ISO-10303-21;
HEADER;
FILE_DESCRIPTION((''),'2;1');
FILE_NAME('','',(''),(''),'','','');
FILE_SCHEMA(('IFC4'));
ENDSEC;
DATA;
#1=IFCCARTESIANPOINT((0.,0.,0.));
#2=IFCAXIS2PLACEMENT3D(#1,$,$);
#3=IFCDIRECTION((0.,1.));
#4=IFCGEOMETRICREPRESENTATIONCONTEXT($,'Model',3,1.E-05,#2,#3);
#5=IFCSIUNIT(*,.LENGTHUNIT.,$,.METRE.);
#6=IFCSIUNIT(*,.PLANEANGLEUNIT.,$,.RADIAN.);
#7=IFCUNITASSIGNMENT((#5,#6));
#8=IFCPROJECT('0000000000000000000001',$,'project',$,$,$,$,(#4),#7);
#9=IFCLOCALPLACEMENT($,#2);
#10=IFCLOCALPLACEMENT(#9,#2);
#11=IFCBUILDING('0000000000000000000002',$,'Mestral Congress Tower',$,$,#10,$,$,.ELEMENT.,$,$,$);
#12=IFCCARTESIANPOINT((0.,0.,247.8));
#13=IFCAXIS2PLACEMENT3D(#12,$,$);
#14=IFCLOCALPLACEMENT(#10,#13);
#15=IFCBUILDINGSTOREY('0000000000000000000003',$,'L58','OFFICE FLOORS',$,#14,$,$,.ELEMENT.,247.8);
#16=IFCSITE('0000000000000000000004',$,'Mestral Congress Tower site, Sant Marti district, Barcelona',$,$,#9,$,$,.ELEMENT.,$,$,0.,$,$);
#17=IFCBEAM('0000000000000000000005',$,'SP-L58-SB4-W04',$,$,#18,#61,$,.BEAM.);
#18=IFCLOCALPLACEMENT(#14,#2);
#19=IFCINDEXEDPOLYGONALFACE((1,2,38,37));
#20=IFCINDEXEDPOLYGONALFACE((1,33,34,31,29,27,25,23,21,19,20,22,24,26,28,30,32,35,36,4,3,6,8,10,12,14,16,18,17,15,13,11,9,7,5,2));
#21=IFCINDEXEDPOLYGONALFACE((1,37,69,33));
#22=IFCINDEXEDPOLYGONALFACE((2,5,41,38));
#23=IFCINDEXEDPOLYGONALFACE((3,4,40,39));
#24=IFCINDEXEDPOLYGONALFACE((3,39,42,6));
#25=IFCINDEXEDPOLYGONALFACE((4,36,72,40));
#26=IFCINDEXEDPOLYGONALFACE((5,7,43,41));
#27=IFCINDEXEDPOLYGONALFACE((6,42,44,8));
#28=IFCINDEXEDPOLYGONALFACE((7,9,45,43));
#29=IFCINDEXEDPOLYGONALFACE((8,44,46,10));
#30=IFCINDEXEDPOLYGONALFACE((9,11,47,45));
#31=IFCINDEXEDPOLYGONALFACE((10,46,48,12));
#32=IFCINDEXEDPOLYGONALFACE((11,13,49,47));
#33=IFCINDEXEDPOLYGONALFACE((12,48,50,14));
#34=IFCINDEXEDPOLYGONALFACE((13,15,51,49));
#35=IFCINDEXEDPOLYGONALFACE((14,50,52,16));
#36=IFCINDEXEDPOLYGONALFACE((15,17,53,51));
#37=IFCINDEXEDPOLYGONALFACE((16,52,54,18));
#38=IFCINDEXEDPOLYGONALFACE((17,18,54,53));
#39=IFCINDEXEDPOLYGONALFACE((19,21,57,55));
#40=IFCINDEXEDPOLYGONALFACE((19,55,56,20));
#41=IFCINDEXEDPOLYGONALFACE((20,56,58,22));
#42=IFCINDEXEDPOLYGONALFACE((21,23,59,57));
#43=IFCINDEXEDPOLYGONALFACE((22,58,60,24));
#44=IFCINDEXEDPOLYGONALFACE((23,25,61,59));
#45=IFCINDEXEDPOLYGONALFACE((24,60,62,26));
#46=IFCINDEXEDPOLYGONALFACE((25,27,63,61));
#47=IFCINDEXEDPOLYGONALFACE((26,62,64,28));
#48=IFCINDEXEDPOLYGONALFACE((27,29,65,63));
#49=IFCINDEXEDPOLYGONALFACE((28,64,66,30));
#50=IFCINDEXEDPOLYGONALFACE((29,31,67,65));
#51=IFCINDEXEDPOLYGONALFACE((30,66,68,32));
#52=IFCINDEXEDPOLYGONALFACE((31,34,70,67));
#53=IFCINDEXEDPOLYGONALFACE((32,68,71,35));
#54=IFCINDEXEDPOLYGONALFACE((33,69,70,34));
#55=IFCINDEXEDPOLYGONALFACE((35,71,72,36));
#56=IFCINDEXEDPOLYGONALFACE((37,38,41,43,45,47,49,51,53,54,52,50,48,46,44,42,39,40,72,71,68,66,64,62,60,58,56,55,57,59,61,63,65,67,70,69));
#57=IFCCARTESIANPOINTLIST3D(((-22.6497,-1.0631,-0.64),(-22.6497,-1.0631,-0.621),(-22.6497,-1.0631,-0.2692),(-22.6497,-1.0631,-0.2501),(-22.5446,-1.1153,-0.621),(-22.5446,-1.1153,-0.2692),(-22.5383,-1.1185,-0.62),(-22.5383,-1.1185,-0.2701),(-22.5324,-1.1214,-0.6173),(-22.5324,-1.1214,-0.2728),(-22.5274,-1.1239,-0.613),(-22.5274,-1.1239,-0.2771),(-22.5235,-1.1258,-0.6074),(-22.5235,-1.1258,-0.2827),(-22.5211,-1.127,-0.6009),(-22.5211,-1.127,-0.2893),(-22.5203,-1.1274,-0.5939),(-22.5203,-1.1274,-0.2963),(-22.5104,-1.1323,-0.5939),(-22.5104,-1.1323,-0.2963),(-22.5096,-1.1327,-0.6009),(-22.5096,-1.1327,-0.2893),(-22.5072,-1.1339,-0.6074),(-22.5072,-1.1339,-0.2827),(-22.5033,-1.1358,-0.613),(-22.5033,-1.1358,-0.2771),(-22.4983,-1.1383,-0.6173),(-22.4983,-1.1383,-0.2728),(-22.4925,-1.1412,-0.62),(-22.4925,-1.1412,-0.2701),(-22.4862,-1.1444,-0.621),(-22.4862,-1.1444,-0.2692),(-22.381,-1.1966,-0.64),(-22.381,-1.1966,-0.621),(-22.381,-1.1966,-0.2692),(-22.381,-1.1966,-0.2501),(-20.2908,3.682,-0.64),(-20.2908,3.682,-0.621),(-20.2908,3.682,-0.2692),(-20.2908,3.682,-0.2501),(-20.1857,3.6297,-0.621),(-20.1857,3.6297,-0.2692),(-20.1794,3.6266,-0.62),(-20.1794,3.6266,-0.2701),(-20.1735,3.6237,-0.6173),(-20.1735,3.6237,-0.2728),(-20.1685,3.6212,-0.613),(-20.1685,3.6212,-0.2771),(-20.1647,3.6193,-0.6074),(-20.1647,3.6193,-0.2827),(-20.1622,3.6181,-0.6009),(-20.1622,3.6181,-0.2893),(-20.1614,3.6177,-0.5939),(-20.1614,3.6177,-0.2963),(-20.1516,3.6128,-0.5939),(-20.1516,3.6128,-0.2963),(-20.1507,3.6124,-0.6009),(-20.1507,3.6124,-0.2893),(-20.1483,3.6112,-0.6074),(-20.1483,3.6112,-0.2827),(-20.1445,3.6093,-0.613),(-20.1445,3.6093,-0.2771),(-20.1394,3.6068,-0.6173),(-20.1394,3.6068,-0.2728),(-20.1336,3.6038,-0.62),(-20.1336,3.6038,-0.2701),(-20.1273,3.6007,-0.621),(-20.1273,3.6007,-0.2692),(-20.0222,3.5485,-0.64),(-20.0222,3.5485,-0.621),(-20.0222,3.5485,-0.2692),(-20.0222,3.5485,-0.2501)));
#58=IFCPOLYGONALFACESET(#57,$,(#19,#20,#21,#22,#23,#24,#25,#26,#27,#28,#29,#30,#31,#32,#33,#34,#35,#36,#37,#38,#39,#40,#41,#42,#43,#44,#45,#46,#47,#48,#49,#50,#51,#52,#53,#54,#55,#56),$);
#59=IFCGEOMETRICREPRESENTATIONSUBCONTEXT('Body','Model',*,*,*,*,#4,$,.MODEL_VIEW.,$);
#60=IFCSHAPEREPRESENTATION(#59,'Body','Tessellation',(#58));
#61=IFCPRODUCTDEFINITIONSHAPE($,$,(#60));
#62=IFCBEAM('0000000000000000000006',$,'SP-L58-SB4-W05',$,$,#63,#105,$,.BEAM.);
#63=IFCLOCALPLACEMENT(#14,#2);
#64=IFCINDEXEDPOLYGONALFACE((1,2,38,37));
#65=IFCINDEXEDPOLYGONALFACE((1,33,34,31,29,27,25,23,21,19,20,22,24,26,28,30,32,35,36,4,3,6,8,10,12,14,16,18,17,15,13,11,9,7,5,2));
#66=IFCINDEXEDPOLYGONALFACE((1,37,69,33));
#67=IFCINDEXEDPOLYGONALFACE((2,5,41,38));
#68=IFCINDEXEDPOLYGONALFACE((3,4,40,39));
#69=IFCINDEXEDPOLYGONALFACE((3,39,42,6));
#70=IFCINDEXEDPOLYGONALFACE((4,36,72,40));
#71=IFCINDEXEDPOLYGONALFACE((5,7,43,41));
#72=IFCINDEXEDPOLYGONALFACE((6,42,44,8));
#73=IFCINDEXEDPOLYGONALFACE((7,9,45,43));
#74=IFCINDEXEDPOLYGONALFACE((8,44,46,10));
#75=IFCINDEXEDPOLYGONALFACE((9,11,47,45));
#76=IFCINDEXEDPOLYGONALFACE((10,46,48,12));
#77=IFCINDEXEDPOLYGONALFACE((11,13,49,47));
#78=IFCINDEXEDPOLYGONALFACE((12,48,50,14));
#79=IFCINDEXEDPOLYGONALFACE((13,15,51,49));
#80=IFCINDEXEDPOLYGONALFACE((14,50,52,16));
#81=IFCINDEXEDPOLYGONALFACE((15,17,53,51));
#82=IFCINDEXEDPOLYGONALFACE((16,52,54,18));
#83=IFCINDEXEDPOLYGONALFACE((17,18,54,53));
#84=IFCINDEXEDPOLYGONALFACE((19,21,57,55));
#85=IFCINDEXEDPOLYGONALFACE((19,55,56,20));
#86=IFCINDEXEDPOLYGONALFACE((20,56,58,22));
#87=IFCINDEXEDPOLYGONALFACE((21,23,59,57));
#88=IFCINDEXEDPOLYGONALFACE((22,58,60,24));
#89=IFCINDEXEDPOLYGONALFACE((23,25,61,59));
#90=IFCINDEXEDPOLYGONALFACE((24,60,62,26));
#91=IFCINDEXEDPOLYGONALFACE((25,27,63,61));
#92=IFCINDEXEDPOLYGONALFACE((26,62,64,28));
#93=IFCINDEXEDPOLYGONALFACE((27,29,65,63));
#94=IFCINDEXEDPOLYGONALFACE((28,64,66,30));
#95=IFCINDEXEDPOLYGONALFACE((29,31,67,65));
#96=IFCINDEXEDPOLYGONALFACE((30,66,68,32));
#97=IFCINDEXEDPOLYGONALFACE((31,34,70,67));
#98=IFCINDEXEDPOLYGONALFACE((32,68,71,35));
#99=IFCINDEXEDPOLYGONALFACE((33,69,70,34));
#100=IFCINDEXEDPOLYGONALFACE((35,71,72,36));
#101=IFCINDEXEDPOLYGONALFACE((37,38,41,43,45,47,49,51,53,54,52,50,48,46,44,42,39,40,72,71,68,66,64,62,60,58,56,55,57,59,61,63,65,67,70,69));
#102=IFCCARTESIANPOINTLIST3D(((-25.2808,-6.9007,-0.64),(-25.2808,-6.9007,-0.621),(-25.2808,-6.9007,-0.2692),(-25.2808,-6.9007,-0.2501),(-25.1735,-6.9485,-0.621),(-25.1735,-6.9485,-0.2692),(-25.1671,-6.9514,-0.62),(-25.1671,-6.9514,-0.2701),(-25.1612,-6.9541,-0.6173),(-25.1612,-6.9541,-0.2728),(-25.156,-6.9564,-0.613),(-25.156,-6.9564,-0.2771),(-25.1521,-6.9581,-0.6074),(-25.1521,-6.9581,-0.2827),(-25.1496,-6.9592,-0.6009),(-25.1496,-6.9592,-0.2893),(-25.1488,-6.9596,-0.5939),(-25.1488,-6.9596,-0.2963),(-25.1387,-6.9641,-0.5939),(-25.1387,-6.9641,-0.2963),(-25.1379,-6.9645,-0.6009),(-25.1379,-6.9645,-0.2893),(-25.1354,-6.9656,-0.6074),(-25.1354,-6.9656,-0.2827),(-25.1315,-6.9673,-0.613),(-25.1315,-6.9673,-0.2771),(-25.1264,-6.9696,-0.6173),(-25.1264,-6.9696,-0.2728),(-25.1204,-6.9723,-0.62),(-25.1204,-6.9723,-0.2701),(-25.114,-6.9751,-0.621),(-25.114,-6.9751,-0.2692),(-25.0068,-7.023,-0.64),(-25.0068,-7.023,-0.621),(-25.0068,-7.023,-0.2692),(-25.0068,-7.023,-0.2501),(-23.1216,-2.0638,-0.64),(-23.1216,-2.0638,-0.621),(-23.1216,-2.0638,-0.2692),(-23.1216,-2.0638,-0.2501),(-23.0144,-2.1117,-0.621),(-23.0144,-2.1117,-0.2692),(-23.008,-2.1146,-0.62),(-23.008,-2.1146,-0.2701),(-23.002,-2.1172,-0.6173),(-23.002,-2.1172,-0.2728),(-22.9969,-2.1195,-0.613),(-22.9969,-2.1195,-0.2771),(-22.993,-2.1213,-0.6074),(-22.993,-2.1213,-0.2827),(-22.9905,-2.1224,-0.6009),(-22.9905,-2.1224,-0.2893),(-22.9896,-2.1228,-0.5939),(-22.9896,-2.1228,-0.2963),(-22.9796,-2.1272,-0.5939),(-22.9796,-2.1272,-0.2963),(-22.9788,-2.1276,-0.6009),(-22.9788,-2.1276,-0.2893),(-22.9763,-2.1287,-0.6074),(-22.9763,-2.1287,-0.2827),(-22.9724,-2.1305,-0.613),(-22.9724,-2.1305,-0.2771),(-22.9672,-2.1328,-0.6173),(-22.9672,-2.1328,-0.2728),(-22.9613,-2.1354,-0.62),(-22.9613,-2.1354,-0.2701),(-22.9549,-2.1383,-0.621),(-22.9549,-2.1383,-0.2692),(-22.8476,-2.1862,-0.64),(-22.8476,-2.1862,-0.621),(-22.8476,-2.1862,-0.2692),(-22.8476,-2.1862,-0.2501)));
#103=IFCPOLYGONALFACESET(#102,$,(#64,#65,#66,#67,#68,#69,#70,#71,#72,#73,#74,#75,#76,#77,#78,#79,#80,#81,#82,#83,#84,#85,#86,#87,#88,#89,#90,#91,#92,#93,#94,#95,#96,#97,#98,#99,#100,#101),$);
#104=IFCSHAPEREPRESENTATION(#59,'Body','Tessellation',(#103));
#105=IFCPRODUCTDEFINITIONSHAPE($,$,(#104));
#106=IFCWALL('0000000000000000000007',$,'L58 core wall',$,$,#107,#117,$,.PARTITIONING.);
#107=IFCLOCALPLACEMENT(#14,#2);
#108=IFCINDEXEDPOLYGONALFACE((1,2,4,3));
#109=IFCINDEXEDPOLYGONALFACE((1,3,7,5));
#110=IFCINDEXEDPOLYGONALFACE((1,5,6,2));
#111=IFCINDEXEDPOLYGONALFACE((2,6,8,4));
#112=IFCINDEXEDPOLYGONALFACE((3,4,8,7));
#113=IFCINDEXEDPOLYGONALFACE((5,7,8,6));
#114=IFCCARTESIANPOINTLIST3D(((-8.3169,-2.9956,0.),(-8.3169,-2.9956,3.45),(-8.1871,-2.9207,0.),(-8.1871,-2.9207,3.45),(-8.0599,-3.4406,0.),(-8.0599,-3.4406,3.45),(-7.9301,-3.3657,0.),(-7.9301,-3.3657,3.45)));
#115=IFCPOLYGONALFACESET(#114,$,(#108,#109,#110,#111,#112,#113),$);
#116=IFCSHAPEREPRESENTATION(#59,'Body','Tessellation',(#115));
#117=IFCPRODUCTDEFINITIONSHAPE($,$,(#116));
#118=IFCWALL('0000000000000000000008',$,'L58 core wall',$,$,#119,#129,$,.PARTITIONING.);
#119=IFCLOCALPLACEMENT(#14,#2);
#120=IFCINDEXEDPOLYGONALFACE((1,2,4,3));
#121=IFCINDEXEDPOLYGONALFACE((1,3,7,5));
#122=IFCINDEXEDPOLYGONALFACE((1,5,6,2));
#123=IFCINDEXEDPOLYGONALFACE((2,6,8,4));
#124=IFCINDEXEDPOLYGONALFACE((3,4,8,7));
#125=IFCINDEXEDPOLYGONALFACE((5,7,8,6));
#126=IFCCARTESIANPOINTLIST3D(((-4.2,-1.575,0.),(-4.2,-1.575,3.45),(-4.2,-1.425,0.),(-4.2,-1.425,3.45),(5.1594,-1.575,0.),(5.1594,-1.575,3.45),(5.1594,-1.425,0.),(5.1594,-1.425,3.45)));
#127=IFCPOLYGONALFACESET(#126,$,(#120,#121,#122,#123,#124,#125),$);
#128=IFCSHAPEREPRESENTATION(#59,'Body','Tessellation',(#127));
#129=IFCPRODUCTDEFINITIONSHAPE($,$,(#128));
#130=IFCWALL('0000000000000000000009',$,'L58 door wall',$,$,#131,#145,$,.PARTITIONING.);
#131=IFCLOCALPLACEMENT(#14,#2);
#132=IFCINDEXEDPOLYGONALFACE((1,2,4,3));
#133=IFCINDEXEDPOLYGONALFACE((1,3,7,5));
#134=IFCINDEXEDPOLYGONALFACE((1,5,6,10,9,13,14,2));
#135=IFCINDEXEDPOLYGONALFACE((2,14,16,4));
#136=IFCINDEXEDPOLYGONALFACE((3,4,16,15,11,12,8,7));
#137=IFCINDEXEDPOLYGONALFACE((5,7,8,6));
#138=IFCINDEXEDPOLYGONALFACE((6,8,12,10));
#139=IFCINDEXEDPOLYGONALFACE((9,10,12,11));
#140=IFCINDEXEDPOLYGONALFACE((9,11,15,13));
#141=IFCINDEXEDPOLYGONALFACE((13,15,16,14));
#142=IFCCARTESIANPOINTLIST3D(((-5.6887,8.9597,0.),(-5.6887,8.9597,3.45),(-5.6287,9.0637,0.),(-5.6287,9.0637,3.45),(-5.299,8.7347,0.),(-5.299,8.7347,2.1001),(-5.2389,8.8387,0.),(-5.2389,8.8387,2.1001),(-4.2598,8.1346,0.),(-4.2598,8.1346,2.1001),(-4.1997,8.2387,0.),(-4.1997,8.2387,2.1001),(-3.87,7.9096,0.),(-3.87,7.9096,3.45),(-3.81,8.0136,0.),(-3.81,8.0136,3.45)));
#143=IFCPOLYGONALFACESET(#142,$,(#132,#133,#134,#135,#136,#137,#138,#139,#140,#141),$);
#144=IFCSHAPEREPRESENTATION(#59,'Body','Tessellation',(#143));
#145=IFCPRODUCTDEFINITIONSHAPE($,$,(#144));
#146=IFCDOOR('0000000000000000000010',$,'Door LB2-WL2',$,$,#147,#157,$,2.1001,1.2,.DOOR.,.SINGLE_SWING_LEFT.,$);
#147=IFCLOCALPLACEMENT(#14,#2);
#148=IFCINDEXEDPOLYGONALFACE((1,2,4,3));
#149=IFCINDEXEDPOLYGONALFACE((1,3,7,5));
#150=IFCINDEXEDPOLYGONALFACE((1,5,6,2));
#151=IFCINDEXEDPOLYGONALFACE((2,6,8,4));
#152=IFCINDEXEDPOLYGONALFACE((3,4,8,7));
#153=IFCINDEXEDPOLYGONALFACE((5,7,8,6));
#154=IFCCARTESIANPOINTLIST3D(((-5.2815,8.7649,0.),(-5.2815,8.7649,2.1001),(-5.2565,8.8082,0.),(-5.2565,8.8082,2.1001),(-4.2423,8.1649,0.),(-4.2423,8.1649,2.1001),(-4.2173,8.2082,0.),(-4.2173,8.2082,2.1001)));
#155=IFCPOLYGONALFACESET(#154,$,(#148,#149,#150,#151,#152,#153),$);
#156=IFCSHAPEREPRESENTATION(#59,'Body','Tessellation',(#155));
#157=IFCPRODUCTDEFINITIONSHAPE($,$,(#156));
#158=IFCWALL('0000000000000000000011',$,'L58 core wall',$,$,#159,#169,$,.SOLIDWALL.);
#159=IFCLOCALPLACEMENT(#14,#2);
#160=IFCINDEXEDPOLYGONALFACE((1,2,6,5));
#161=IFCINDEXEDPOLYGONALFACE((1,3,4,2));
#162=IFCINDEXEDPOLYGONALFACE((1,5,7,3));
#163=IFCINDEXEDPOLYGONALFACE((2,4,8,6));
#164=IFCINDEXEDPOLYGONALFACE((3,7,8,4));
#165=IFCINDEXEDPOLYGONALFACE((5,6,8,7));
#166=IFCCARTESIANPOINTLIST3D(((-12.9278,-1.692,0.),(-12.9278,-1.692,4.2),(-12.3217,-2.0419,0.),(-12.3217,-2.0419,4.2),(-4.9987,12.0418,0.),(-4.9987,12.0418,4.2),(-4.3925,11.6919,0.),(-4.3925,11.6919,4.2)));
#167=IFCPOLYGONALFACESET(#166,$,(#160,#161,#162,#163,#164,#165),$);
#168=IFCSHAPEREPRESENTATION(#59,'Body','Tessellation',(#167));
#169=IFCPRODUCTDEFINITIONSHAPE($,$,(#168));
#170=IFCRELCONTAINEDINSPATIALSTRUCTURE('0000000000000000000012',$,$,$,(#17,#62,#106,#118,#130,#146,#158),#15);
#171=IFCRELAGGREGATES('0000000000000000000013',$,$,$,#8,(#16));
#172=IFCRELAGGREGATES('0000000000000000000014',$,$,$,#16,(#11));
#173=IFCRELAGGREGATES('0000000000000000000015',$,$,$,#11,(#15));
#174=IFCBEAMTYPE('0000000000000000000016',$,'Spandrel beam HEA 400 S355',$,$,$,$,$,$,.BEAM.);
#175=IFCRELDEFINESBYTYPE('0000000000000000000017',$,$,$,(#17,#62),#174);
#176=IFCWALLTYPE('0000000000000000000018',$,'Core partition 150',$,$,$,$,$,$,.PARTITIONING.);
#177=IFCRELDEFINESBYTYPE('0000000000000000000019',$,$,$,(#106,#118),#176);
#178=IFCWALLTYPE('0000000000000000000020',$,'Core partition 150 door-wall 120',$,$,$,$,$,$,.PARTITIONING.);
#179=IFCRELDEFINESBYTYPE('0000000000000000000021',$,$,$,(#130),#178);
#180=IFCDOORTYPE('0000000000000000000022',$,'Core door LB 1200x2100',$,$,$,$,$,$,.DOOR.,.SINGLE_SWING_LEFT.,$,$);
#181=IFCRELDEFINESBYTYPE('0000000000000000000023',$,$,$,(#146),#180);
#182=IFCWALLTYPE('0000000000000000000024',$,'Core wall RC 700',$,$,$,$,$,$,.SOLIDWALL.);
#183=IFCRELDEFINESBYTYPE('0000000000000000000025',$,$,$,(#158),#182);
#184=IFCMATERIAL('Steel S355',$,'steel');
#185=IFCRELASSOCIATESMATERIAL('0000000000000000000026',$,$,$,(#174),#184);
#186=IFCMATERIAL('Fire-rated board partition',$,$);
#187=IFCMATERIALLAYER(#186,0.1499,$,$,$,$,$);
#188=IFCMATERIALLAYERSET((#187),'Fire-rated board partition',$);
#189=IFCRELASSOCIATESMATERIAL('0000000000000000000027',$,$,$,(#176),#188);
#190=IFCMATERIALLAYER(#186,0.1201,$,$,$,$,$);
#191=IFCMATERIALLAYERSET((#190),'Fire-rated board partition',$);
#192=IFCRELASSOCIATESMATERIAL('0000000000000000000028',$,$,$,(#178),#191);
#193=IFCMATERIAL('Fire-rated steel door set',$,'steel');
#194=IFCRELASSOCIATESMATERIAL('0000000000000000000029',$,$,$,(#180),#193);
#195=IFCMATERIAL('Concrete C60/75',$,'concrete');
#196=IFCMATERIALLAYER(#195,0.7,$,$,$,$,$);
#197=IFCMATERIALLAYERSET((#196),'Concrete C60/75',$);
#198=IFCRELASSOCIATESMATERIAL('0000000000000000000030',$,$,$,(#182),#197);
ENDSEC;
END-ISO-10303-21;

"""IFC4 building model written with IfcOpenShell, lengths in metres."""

from ifc_helpers import new_model, si_unit, direction, frame, frame_2d, origin, origin_2d, place, context, subcontext, project, spatial, rectangle, i_section, extrude, material, layer, layer_set, material_profile, profile_set, type_object, element, fill, save


model = new_model("IFC4")

# Units and contexts
model_context = context("Model", 3, precision=1e-05, world=origin(), true_north=direction((0.0, 1.0)))
body_context = subcontext(model_context, "Body", "Model", "MODEL_VIEW")
ifc_project = project(units=[si_unit("LENGTHUNIT", "METRE"), si_unit("PLANEANGLEUNIT", "RADIAN")], contexts=[model_context])

# Site, building, storey
site_placement = place(None, origin())
site = spatial("IfcSite", under=ifc_project, at=site_placement, Name="Mestral Congress Tower site, Sant Marti district, Barcelona", CompositionType="ELEMENT", RefElevation=0.0)
building_placement = place(site_placement, origin())
building = spatial("IfcBuilding", under=site, at=building_placement, Name="Mestral Congress Tower", CompositionType="ELEMENT")
storey_placement = place(building_placement, frame((0.0, 0.0, 247.8)))
storey = spatial("IfcBuildingStorey", under=building, at=storey_placement, Name="L58", Description="OFFICE FLOORS", CompositionType="ELEMENT", Elevation=247.8)

# Shared definitions
ifc_material_1 = material(Name="Concrete C60/75", Category="concrete")

# Beams
ifc_material_2 = material(Name="Steel S355", Category="steel")
ifc_material_profile_1 = material_profile(ifc_material_2, i_section(OverallWidth=0.3, OverallDepth=0.3899, WebThickness=0.011, FlangeThickness=0.019, FilletRadius=0.0271, at=origin_2d()), Name="HEA 400")
ifc_profile_set_1 = profile_set([ifc_material_profile_1], Name="Steel S355")
beam_type_1 = type_object("IfcBeamType", Name="Spandrel beam HEA 400 S355", PredefinedType="BEAM", material=ifc_profile_set_1)
beam_1_placement = place(storey_placement, frame((-20.1565, 3.6152, -0.4451), z_axis=(-0.445148, -0.895457, 0.0), x_axis=(0.895457, -0.445148, 0.0)))
element("IfcBeam", 1, at=beam_1_placement, inside=storey, type_object=beam_type_1, Name="SP-L58-SB4-W04", PredefinedType="BEAM", context=body_context, shape_type="SweptSolid", body=[
    extrude(i_section(OverallWidth=0.3, OverallDepth=0.3899, WebThickness=0.011, FlangeThickness=0.019, FilletRadius=0.0271, at=origin_2d()), origin(), (0.0, 0.0, 1.0), 5.2991),
])
beam_2_placement = place(storey_placement, frame((-22.9846, -2.125, -0.4451), z_axis=(-0.407626, -0.913149, 0.0), x_axis=(0.913149, -0.407626, 0.0)))
element("IfcBeam", 2, at=beam_2_placement, inside=storey, type_object=beam_type_1, Name="SP-L58-SB4-W05", PredefinedType="BEAM", context=body_context, shape_type="SweptSolid", body=[
    extrude(i_section(OverallWidth=0.3, OverallDepth=0.3899, WebThickness=0.011, FlangeThickness=0.019, FilletRadius=0.0271, at=origin_2d()), origin(), (0.0, 0.0, 1.0), 5.2969),
])

# Walls
ifc_material_3 = material(Name="Fire-rated board partition")
ifc_layer_1 = layer(ifc_material_3, 0.1499)
ifc_layer_set_1 = layer_set([ifc_layer_1], Name="Fire-rated board partition")
wall_type_1 = type_object("IfcWallType", Name="Core partition 150", PredefinedType="PARTITIONING", material=ifc_layer_set_1)
wall_1_placement = place(storey_placement, frame((-8.252, -2.9583, 0.0), z_axis=(0.0, 0.0, 1.0), x_axis=(0.500175, -0.865925, 0.0)))
element("IfcWall", 3, at=wall_1_placement, inside=storey, type_object=wall_type_1, Name="L58 core wall", PredefinedType="PARTITIONING", context=body_context, shape_type="SweptSolid", body=[
    extrude(rectangle(XDim=0.5139, YDim=0.1499, at=frame_2d((0.2568, 0.0))), origin(), (0.0, 0.0, 1.0), 3.45),
])
wall_2_placement = place(storey_placement, frame((-4.2, -1.5, 0.0), z_axis=(0.0, 0.0, 1.0), x_axis=(1.0, 0.0, 0.0)))
element("IfcWall", 4, at=wall_2_placement, inside=storey, type_object=wall_type_1, Name="L58 core wall", PredefinedType="PARTITIONING", context=body_context, shape_type="SweptSolid", body=[
    extrude(rectangle(XDim=9.3594, YDim=0.1499, at=frame_2d((4.6797, 0.0))), origin(), (0.0, 0.0, 1.0), 3.45),
])

# Wall, opening, door
ifc_layer_2 = layer(ifc_material_3, 0.1201)
ifc_layer_set_2 = layer_set([ifc_layer_2], Name="Fire-rated board partition")
wall_type_2 = type_object("IfcWallType", Name="Core partition 150 door-wall 120", PredefinedType="PARTITIONING", material=ifc_layer_set_2)
wall_3_placement = place(storey_placement, frame((-5.6587, 9.0117, 0.0), z_axis=(0.0, 0.0, 1.0), x_axis=(0.866009, -0.500028, 0.0)))
wall_3 = element("IfcWall", 5, at=wall_3_placement, inside=storey, type_object=wall_type_2, Name="L58 door wall", PredefinedType="PARTITIONING", context=body_context, shape_type="SweptSolid", body=[
    extrude(rectangle(XDim=2.1001, YDim=0.1201, at=frame_2d((1.05, 0.0))), origin(), (0.0, 0.0, 1.0), 3.45),
])
opening_1_placement = place(wall_3_placement, frame((0.45, 0.0, 0.0)))
opening_1 = element("IfcOpeningElement", 6, at=opening_1_placement, cuts=wall_3, PredefinedType="OPENING", context=body_context, shape_type="SweptSolid", body=[
    extrude(rectangle(XDim=1.2, YDim=2.1001, at=frame_2d((0.6001, 1.05))), frame((0.0, 0.0701, 0.0), z_axis=(0.0, -1.0, 0.0), x_axis=(1.0, 0.0, 0.0)), (0.0, 0.0, 1.0), 0.1401),
])
ifc_material_4 = material(Name="Fire-rated steel door set", Category="steel")
door_type = type_object("IfcDoorType", Name="Core door LB 1200x2100", OperationType="SINGLE_SWING_LEFT", PredefinedType="DOOR", material=ifc_material_4)
door_placement = place(opening_1_placement, origin())
door = element("IfcDoor", 7, at=door_placement, inside=storey, type_object=door_type, Name="Door LB2-WL2", OperationType="SINGLE_SWING_LEFT", OverallHeight=2.1001, OverallWidth=1.2, PredefinedType="DOOR", context=body_context, shape_type="SweptSolid", body=[
    extrude(rectangle(XDim=1.2, YDim=2.1001, at=frame_2d((0.6001, 1.05))), frame((0.0, 0.0249, 0.0), z_axis=(0.0, -1.0, 0.0), x_axis=(1.0, 0.0, 0.0)), (0.0, 0.0, 1.0), 0.05),
])
fill(opening_1, door)

# Wall
ifc_layer_3 = layer(ifc_material_1, 0.7)
ifc_layer_set_3 = layer_set([ifc_layer_3], Name="Concrete C60/75")
wall_type_3 = type_object("IfcWallType", Name="Core wall RC 700", PredefinedType="SOLIDWALL", material=ifc_layer_set_3)
wall_4_placement = place(storey_placement, frame((-12.6248, -1.8669, 0.0), z_axis=(0.0, 0.0, 1.0), x_axis=(0.499997, 0.866027, 0.0)))
element("IfcWall", 8, at=wall_4_placement, inside=storey, type_object=wall_type_3, Name="L58 core wall", PredefinedType="SOLIDWALL", context=body_context, shape_type="SweptSolid", body=[
    extrude(rectangle(XDim=15.8584, YDim=0.7, at=frame_2d((7.9292, 0.0))), origin(), (0.0, 0.0, 1.0), 4.2),
])

save(model, "model.ifc")
